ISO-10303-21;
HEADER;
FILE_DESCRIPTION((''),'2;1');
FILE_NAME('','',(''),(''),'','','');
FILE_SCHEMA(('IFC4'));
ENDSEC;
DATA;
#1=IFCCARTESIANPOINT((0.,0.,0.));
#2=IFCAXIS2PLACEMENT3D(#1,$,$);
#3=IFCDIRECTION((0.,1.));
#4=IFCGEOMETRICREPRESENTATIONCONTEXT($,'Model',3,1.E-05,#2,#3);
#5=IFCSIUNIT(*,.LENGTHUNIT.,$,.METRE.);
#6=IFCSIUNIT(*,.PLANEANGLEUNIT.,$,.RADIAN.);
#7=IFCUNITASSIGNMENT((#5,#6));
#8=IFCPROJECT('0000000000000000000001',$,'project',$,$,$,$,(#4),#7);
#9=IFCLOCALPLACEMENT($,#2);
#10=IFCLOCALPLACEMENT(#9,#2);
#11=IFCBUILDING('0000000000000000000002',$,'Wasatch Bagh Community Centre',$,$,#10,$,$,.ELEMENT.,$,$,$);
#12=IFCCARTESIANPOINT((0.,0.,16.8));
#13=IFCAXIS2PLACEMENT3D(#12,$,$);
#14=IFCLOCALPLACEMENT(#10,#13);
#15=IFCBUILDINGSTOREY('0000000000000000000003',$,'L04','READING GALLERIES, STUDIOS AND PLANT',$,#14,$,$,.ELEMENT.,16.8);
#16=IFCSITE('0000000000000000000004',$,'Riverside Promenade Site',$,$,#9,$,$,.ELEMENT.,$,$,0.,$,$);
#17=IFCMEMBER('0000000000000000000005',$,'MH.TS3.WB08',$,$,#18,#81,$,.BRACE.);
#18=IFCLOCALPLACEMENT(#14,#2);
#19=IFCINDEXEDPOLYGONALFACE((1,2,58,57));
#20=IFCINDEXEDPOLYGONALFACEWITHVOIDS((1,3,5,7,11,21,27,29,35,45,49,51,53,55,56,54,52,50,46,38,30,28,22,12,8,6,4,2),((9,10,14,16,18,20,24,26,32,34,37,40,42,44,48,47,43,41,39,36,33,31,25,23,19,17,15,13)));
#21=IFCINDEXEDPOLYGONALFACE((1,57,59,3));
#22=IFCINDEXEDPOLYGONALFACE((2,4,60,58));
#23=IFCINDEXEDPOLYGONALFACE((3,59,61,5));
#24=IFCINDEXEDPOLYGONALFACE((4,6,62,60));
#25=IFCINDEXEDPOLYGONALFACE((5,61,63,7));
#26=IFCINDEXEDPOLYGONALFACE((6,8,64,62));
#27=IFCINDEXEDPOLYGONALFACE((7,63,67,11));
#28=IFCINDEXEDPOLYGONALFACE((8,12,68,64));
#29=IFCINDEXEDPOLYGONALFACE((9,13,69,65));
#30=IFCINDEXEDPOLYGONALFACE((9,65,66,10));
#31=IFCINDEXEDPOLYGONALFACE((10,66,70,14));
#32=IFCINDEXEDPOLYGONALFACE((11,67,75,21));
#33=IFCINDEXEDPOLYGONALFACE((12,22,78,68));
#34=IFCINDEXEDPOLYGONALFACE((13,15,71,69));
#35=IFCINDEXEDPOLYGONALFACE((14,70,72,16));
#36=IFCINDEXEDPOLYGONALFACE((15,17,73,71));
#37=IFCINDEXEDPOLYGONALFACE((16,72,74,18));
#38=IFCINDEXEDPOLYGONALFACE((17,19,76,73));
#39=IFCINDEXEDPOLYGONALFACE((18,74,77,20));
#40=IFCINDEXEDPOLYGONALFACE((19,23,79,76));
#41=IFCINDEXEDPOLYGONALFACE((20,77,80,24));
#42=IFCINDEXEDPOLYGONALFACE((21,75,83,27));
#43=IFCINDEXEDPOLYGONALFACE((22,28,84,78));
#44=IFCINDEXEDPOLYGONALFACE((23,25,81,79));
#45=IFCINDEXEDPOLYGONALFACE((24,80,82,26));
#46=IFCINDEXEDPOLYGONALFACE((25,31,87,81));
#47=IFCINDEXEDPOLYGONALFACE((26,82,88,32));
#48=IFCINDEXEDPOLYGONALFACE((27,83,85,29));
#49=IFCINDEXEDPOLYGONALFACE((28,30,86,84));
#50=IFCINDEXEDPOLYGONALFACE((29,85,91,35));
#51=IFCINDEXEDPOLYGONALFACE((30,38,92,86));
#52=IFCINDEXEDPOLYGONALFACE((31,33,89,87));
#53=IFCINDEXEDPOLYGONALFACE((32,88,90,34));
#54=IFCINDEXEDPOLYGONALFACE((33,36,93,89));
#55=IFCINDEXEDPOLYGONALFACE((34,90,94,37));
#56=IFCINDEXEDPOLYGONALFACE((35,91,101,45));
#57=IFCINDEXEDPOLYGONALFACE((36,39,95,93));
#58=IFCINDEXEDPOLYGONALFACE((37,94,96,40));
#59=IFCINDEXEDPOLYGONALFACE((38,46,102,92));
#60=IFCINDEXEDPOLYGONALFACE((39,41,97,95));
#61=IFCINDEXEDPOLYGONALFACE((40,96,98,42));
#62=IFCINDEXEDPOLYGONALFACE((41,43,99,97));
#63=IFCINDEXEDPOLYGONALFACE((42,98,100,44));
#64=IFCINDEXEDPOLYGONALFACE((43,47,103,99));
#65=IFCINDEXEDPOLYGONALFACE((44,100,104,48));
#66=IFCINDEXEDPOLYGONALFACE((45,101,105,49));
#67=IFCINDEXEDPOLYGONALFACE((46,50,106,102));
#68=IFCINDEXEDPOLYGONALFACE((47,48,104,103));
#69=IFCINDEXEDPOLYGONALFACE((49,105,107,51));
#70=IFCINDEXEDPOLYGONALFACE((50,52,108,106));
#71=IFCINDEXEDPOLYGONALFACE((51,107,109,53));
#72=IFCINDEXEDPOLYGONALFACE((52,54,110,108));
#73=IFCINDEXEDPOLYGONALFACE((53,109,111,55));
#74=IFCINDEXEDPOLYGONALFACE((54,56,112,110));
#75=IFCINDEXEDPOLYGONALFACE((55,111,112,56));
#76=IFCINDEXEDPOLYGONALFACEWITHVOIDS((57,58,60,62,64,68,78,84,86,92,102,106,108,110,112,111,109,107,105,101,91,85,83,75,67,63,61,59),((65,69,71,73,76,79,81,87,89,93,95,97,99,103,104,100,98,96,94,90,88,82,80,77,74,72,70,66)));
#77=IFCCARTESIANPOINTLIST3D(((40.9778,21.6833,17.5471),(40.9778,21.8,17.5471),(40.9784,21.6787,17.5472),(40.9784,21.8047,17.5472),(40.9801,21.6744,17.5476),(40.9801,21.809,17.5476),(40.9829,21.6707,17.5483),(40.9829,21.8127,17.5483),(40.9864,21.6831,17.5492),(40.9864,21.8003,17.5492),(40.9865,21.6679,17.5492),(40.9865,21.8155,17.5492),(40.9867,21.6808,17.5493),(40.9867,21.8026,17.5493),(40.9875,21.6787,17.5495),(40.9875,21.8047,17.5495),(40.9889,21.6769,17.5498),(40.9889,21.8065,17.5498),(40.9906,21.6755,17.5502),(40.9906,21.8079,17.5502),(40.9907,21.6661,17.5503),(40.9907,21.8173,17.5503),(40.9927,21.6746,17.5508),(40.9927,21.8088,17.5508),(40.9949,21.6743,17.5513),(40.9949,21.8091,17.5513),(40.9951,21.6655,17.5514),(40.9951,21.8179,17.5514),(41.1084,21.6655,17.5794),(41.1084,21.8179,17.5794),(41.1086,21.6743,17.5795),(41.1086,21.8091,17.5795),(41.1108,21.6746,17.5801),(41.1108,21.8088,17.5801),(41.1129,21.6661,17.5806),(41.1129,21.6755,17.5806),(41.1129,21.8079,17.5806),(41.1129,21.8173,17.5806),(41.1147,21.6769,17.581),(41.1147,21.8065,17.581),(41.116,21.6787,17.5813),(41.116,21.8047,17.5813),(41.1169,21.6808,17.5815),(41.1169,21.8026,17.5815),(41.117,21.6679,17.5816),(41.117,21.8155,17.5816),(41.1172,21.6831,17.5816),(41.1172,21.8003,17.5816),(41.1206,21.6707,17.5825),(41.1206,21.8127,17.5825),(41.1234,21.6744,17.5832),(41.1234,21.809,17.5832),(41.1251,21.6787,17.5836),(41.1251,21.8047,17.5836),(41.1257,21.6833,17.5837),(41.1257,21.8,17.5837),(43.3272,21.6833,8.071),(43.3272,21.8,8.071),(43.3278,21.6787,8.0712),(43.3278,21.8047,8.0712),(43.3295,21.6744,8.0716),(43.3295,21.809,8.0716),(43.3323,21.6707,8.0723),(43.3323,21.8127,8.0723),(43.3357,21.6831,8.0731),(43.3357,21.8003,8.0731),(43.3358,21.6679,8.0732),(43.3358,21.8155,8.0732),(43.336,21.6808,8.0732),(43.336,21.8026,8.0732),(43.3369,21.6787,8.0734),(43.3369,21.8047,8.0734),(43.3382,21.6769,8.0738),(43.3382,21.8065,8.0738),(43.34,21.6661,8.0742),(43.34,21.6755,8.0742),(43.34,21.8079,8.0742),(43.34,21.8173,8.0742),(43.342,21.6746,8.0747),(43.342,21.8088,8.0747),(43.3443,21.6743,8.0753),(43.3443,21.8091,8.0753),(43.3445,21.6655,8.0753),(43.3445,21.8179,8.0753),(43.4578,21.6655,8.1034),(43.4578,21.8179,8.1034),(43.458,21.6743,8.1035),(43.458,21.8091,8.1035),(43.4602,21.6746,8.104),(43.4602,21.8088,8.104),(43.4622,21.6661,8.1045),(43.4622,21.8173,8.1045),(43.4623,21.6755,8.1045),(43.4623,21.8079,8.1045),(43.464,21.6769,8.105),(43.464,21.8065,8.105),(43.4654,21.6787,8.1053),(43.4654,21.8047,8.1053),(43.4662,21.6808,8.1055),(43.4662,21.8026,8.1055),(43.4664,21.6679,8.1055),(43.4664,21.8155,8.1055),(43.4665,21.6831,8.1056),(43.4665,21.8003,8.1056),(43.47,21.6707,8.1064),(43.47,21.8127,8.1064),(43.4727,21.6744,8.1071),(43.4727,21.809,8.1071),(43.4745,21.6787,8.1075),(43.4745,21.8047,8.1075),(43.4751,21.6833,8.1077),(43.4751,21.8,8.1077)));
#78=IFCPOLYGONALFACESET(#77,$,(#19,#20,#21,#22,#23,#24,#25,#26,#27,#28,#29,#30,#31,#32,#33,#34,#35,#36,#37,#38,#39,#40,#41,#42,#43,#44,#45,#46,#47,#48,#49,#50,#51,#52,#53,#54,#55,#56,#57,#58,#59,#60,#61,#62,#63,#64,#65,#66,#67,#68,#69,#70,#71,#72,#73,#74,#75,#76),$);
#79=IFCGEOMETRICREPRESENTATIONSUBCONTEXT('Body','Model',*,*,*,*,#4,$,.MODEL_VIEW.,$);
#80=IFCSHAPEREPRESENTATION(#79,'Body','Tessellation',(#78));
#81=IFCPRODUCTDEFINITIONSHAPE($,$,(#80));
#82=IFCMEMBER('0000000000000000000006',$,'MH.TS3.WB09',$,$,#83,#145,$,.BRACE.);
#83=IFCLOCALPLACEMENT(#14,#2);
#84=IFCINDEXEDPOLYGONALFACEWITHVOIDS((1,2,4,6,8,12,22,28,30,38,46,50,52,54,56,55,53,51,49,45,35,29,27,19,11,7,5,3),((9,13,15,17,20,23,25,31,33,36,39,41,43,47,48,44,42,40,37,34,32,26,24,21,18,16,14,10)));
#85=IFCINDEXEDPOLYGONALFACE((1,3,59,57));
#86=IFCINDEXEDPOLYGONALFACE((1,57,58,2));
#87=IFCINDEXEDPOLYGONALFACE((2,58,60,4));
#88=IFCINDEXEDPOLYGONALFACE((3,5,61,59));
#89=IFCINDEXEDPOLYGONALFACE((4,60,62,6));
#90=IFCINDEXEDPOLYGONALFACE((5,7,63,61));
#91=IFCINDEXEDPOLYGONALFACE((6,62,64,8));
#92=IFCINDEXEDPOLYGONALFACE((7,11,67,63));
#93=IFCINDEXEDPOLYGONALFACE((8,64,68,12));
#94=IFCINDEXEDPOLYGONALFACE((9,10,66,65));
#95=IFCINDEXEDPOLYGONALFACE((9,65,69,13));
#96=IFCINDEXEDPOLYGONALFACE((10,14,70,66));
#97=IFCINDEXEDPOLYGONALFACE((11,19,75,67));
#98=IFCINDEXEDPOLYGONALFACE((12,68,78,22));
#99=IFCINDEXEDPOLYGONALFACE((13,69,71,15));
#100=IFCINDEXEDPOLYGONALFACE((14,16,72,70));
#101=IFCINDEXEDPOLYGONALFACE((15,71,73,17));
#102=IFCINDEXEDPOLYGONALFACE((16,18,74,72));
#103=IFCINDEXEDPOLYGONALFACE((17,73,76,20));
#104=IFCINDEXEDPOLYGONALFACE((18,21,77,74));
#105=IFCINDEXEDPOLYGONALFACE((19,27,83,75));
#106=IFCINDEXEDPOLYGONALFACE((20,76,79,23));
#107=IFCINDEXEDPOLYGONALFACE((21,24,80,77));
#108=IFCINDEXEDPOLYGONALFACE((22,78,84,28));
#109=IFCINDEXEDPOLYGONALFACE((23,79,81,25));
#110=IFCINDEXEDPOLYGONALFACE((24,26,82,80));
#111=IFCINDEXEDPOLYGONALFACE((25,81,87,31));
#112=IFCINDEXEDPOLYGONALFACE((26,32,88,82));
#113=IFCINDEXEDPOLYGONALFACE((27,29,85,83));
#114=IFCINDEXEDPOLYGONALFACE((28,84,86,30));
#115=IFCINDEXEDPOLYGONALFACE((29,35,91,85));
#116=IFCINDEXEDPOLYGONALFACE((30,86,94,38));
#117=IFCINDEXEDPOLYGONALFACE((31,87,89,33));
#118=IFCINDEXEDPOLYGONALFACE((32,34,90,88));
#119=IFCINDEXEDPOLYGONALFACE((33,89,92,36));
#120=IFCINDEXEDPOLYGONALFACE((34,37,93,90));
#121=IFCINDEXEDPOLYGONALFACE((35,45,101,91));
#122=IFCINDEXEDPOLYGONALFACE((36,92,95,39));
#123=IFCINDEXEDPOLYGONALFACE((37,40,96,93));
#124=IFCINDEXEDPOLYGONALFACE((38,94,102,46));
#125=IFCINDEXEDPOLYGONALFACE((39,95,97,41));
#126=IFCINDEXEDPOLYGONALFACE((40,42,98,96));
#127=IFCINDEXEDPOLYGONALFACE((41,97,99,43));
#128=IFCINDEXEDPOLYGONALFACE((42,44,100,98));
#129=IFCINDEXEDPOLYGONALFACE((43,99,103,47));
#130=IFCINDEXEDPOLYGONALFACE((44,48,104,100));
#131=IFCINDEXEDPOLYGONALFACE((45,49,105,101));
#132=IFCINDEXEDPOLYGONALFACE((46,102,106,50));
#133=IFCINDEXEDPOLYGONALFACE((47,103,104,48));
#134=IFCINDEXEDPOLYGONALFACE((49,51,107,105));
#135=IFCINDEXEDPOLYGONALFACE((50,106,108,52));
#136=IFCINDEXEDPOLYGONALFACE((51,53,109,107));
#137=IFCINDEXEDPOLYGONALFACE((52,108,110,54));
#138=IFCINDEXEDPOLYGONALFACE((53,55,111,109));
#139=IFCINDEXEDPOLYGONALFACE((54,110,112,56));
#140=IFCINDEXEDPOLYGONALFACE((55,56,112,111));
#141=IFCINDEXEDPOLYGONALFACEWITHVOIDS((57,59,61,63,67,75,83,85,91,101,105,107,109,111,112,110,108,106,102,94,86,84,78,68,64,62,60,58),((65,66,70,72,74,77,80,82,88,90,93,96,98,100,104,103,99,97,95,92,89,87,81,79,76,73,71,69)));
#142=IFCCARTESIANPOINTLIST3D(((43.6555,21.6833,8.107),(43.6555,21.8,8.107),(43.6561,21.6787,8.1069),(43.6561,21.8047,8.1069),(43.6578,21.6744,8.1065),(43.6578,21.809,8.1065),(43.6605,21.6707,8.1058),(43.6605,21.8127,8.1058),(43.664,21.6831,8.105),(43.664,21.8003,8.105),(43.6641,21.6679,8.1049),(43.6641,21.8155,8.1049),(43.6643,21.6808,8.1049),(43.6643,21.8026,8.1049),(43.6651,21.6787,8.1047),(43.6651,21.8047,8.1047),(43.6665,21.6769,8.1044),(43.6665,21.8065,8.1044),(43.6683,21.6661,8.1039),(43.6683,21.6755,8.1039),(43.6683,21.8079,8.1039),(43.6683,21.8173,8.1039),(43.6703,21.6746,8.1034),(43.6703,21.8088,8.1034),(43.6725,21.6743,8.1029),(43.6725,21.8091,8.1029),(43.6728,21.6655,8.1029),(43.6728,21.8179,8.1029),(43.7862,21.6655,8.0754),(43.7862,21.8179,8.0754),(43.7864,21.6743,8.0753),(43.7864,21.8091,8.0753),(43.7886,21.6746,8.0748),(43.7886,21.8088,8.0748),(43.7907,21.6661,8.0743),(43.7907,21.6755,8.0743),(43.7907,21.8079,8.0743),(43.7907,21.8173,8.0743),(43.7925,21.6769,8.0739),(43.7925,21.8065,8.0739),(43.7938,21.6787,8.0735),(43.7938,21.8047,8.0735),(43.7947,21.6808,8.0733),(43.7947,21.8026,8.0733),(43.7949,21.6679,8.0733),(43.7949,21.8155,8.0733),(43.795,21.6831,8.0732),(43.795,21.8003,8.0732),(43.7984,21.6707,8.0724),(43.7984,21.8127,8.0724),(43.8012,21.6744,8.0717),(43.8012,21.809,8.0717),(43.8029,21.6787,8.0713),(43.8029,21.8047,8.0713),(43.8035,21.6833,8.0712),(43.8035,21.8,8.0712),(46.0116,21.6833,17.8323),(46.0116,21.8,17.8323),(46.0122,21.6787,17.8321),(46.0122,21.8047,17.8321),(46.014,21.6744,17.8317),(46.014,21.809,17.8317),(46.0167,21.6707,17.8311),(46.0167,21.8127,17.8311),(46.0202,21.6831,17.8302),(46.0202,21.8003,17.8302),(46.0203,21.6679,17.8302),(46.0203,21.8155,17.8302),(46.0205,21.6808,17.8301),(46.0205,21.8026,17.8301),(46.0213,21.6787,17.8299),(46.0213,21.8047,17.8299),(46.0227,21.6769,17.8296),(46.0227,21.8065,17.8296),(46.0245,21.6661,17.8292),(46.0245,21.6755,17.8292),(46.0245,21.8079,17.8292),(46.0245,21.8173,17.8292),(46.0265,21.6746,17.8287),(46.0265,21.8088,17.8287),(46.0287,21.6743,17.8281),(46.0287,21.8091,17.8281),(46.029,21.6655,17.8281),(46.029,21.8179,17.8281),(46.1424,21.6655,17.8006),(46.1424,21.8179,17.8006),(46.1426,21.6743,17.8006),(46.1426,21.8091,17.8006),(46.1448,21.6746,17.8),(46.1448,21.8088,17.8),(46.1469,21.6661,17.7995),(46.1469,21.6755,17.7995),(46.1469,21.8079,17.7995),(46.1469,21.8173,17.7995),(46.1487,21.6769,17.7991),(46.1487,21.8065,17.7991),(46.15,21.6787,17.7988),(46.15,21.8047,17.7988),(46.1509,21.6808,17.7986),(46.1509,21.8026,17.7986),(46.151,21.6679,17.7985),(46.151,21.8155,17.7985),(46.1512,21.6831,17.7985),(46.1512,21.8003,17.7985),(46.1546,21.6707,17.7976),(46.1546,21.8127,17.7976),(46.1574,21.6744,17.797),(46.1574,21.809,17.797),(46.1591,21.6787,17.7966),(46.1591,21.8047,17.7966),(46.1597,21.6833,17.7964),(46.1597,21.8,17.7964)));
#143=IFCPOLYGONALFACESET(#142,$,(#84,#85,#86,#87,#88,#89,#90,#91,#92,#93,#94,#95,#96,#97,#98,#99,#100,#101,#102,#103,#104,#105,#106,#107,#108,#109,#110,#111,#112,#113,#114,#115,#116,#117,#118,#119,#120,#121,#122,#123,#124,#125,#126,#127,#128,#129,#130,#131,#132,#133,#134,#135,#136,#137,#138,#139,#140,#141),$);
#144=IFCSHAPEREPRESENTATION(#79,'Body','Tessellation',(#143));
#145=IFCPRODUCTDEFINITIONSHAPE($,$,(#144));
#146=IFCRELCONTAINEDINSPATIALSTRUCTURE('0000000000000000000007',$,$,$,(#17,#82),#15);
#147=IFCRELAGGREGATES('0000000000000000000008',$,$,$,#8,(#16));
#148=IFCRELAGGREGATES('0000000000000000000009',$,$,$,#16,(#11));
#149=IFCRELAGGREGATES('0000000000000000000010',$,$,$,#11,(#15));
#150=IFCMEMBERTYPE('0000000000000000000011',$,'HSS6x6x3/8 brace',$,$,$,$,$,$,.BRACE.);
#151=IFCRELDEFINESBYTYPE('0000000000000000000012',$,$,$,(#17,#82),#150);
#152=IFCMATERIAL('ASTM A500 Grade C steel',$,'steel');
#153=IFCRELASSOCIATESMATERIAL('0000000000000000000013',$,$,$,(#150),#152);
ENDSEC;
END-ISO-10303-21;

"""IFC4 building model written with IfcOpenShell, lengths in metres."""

from ifc_helpers import new_model, si_unit, direction, frame, origin, origin_2d, place, context, subcontext, project, spatial, hollow_rectangle, extrude, material, material_profile, profile_set, type_object, element, save


model = new_model("IFC4")

# Units and contexts
model_context = context("Model", 3, precision=1e-05, world=origin(), true_north=direction((0.0, 1.0)))
body_context = subcontext(model_context, "Body", "Model", "MODEL_VIEW")
ifc_project = project(units=[si_unit("LENGTHUNIT", "METRE"), si_unit("PLANEANGLEUNIT", "RADIAN")], contexts=[model_context])

# Site, building, storey
site_placement = place(None, origin())
site = spatial("IfcSite", under=ifc_project, at=site_placement, Name="Riverside Promenade Site", CompositionType="ELEMENT", RefElevation=0.0)
building_placement = place(site_placement, origin())
building = spatial("IfcBuilding", under=site, at=building_placement, Name="Wasatch Bagh Community Centre", CompositionType="ELEMENT")
storey_placement = place(building_placement, frame((0.0, 0.0, 16.8)))
storey = spatial("IfcBuildingStorey", under=building, at=storey_placement, Name="L04", Description="READING GALLERIES, STUDIOS AND PLANT", CompositionType="ELEMENT", Elevation=16.8)

# Members
ifc_material_1 = material(Name="ASTM A500 Grade C steel", Category="steel")
ifc_material_profile_1 = material_profile(ifc_material_1, hollow_rectangle(XDim=0.1523, YDim=0.1523, WallThickness=0.0088, InnerFilletRadius=0.0088, OuterFilletRadius=0.0178, at=origin_2d()), Name="HSS6x6x3/8")
ifc_profile_set_1 = profile_set([ifc_material_profile_1], Name="ASTM A500 Grade C steel")
member_type_1 = type_object("IfcMemberType", Name="HSS6x6x3/8 brace", PredefinedType="BRACE", material=ifc_profile_set_1)
member_1_placement = place(storey_placement, frame((43.4011, 21.7417, 8.0894), z_axis=(-0.240641, 0.0, 0.970614), x_axis=(0.0, -1.0, 0.0)))
element("IfcMember", 1, at=member_1_placement, inside=storey, type_object=member_type_1, Name="MH.TS3.WB08", PredefinedType="BRACE", context=body_context, shape_type="SweptSolid", body=[
    extrude(hollow_rectangle(XDim=0.1523, YDim=0.1523, WallThickness=0.0088, InnerFilletRadius=0.0088, OuterFilletRadius=0.0178, at=origin_2d()), origin(), (0.0, 0.0, 1.0), 9.7629),
])
member_2_placement = place(storey_placement, frame((43.7295, 21.7417, 8.0891), z_axis=(0.235462, 0.0, 0.971883), x_axis=(0.0, 1.0, 0.0)))
element("IfcMember", 2, at=member_2_placement, inside=storey, type_object=member_type_1, Name="MH.TS3.WB09", PredefinedType="BRACE", context=body_context, shape_type="SweptSolid", body=[
    extrude(hollow_rectangle(XDim=0.1523, YDim=0.1523, WallThickness=0.0088, InnerFilletRadius=0.0088, OuterFilletRadius=0.0178, at=origin_2d()), origin(), (0.0, 0.0, 1.0), 10.0066),
])

save(model, "model.ifc")
